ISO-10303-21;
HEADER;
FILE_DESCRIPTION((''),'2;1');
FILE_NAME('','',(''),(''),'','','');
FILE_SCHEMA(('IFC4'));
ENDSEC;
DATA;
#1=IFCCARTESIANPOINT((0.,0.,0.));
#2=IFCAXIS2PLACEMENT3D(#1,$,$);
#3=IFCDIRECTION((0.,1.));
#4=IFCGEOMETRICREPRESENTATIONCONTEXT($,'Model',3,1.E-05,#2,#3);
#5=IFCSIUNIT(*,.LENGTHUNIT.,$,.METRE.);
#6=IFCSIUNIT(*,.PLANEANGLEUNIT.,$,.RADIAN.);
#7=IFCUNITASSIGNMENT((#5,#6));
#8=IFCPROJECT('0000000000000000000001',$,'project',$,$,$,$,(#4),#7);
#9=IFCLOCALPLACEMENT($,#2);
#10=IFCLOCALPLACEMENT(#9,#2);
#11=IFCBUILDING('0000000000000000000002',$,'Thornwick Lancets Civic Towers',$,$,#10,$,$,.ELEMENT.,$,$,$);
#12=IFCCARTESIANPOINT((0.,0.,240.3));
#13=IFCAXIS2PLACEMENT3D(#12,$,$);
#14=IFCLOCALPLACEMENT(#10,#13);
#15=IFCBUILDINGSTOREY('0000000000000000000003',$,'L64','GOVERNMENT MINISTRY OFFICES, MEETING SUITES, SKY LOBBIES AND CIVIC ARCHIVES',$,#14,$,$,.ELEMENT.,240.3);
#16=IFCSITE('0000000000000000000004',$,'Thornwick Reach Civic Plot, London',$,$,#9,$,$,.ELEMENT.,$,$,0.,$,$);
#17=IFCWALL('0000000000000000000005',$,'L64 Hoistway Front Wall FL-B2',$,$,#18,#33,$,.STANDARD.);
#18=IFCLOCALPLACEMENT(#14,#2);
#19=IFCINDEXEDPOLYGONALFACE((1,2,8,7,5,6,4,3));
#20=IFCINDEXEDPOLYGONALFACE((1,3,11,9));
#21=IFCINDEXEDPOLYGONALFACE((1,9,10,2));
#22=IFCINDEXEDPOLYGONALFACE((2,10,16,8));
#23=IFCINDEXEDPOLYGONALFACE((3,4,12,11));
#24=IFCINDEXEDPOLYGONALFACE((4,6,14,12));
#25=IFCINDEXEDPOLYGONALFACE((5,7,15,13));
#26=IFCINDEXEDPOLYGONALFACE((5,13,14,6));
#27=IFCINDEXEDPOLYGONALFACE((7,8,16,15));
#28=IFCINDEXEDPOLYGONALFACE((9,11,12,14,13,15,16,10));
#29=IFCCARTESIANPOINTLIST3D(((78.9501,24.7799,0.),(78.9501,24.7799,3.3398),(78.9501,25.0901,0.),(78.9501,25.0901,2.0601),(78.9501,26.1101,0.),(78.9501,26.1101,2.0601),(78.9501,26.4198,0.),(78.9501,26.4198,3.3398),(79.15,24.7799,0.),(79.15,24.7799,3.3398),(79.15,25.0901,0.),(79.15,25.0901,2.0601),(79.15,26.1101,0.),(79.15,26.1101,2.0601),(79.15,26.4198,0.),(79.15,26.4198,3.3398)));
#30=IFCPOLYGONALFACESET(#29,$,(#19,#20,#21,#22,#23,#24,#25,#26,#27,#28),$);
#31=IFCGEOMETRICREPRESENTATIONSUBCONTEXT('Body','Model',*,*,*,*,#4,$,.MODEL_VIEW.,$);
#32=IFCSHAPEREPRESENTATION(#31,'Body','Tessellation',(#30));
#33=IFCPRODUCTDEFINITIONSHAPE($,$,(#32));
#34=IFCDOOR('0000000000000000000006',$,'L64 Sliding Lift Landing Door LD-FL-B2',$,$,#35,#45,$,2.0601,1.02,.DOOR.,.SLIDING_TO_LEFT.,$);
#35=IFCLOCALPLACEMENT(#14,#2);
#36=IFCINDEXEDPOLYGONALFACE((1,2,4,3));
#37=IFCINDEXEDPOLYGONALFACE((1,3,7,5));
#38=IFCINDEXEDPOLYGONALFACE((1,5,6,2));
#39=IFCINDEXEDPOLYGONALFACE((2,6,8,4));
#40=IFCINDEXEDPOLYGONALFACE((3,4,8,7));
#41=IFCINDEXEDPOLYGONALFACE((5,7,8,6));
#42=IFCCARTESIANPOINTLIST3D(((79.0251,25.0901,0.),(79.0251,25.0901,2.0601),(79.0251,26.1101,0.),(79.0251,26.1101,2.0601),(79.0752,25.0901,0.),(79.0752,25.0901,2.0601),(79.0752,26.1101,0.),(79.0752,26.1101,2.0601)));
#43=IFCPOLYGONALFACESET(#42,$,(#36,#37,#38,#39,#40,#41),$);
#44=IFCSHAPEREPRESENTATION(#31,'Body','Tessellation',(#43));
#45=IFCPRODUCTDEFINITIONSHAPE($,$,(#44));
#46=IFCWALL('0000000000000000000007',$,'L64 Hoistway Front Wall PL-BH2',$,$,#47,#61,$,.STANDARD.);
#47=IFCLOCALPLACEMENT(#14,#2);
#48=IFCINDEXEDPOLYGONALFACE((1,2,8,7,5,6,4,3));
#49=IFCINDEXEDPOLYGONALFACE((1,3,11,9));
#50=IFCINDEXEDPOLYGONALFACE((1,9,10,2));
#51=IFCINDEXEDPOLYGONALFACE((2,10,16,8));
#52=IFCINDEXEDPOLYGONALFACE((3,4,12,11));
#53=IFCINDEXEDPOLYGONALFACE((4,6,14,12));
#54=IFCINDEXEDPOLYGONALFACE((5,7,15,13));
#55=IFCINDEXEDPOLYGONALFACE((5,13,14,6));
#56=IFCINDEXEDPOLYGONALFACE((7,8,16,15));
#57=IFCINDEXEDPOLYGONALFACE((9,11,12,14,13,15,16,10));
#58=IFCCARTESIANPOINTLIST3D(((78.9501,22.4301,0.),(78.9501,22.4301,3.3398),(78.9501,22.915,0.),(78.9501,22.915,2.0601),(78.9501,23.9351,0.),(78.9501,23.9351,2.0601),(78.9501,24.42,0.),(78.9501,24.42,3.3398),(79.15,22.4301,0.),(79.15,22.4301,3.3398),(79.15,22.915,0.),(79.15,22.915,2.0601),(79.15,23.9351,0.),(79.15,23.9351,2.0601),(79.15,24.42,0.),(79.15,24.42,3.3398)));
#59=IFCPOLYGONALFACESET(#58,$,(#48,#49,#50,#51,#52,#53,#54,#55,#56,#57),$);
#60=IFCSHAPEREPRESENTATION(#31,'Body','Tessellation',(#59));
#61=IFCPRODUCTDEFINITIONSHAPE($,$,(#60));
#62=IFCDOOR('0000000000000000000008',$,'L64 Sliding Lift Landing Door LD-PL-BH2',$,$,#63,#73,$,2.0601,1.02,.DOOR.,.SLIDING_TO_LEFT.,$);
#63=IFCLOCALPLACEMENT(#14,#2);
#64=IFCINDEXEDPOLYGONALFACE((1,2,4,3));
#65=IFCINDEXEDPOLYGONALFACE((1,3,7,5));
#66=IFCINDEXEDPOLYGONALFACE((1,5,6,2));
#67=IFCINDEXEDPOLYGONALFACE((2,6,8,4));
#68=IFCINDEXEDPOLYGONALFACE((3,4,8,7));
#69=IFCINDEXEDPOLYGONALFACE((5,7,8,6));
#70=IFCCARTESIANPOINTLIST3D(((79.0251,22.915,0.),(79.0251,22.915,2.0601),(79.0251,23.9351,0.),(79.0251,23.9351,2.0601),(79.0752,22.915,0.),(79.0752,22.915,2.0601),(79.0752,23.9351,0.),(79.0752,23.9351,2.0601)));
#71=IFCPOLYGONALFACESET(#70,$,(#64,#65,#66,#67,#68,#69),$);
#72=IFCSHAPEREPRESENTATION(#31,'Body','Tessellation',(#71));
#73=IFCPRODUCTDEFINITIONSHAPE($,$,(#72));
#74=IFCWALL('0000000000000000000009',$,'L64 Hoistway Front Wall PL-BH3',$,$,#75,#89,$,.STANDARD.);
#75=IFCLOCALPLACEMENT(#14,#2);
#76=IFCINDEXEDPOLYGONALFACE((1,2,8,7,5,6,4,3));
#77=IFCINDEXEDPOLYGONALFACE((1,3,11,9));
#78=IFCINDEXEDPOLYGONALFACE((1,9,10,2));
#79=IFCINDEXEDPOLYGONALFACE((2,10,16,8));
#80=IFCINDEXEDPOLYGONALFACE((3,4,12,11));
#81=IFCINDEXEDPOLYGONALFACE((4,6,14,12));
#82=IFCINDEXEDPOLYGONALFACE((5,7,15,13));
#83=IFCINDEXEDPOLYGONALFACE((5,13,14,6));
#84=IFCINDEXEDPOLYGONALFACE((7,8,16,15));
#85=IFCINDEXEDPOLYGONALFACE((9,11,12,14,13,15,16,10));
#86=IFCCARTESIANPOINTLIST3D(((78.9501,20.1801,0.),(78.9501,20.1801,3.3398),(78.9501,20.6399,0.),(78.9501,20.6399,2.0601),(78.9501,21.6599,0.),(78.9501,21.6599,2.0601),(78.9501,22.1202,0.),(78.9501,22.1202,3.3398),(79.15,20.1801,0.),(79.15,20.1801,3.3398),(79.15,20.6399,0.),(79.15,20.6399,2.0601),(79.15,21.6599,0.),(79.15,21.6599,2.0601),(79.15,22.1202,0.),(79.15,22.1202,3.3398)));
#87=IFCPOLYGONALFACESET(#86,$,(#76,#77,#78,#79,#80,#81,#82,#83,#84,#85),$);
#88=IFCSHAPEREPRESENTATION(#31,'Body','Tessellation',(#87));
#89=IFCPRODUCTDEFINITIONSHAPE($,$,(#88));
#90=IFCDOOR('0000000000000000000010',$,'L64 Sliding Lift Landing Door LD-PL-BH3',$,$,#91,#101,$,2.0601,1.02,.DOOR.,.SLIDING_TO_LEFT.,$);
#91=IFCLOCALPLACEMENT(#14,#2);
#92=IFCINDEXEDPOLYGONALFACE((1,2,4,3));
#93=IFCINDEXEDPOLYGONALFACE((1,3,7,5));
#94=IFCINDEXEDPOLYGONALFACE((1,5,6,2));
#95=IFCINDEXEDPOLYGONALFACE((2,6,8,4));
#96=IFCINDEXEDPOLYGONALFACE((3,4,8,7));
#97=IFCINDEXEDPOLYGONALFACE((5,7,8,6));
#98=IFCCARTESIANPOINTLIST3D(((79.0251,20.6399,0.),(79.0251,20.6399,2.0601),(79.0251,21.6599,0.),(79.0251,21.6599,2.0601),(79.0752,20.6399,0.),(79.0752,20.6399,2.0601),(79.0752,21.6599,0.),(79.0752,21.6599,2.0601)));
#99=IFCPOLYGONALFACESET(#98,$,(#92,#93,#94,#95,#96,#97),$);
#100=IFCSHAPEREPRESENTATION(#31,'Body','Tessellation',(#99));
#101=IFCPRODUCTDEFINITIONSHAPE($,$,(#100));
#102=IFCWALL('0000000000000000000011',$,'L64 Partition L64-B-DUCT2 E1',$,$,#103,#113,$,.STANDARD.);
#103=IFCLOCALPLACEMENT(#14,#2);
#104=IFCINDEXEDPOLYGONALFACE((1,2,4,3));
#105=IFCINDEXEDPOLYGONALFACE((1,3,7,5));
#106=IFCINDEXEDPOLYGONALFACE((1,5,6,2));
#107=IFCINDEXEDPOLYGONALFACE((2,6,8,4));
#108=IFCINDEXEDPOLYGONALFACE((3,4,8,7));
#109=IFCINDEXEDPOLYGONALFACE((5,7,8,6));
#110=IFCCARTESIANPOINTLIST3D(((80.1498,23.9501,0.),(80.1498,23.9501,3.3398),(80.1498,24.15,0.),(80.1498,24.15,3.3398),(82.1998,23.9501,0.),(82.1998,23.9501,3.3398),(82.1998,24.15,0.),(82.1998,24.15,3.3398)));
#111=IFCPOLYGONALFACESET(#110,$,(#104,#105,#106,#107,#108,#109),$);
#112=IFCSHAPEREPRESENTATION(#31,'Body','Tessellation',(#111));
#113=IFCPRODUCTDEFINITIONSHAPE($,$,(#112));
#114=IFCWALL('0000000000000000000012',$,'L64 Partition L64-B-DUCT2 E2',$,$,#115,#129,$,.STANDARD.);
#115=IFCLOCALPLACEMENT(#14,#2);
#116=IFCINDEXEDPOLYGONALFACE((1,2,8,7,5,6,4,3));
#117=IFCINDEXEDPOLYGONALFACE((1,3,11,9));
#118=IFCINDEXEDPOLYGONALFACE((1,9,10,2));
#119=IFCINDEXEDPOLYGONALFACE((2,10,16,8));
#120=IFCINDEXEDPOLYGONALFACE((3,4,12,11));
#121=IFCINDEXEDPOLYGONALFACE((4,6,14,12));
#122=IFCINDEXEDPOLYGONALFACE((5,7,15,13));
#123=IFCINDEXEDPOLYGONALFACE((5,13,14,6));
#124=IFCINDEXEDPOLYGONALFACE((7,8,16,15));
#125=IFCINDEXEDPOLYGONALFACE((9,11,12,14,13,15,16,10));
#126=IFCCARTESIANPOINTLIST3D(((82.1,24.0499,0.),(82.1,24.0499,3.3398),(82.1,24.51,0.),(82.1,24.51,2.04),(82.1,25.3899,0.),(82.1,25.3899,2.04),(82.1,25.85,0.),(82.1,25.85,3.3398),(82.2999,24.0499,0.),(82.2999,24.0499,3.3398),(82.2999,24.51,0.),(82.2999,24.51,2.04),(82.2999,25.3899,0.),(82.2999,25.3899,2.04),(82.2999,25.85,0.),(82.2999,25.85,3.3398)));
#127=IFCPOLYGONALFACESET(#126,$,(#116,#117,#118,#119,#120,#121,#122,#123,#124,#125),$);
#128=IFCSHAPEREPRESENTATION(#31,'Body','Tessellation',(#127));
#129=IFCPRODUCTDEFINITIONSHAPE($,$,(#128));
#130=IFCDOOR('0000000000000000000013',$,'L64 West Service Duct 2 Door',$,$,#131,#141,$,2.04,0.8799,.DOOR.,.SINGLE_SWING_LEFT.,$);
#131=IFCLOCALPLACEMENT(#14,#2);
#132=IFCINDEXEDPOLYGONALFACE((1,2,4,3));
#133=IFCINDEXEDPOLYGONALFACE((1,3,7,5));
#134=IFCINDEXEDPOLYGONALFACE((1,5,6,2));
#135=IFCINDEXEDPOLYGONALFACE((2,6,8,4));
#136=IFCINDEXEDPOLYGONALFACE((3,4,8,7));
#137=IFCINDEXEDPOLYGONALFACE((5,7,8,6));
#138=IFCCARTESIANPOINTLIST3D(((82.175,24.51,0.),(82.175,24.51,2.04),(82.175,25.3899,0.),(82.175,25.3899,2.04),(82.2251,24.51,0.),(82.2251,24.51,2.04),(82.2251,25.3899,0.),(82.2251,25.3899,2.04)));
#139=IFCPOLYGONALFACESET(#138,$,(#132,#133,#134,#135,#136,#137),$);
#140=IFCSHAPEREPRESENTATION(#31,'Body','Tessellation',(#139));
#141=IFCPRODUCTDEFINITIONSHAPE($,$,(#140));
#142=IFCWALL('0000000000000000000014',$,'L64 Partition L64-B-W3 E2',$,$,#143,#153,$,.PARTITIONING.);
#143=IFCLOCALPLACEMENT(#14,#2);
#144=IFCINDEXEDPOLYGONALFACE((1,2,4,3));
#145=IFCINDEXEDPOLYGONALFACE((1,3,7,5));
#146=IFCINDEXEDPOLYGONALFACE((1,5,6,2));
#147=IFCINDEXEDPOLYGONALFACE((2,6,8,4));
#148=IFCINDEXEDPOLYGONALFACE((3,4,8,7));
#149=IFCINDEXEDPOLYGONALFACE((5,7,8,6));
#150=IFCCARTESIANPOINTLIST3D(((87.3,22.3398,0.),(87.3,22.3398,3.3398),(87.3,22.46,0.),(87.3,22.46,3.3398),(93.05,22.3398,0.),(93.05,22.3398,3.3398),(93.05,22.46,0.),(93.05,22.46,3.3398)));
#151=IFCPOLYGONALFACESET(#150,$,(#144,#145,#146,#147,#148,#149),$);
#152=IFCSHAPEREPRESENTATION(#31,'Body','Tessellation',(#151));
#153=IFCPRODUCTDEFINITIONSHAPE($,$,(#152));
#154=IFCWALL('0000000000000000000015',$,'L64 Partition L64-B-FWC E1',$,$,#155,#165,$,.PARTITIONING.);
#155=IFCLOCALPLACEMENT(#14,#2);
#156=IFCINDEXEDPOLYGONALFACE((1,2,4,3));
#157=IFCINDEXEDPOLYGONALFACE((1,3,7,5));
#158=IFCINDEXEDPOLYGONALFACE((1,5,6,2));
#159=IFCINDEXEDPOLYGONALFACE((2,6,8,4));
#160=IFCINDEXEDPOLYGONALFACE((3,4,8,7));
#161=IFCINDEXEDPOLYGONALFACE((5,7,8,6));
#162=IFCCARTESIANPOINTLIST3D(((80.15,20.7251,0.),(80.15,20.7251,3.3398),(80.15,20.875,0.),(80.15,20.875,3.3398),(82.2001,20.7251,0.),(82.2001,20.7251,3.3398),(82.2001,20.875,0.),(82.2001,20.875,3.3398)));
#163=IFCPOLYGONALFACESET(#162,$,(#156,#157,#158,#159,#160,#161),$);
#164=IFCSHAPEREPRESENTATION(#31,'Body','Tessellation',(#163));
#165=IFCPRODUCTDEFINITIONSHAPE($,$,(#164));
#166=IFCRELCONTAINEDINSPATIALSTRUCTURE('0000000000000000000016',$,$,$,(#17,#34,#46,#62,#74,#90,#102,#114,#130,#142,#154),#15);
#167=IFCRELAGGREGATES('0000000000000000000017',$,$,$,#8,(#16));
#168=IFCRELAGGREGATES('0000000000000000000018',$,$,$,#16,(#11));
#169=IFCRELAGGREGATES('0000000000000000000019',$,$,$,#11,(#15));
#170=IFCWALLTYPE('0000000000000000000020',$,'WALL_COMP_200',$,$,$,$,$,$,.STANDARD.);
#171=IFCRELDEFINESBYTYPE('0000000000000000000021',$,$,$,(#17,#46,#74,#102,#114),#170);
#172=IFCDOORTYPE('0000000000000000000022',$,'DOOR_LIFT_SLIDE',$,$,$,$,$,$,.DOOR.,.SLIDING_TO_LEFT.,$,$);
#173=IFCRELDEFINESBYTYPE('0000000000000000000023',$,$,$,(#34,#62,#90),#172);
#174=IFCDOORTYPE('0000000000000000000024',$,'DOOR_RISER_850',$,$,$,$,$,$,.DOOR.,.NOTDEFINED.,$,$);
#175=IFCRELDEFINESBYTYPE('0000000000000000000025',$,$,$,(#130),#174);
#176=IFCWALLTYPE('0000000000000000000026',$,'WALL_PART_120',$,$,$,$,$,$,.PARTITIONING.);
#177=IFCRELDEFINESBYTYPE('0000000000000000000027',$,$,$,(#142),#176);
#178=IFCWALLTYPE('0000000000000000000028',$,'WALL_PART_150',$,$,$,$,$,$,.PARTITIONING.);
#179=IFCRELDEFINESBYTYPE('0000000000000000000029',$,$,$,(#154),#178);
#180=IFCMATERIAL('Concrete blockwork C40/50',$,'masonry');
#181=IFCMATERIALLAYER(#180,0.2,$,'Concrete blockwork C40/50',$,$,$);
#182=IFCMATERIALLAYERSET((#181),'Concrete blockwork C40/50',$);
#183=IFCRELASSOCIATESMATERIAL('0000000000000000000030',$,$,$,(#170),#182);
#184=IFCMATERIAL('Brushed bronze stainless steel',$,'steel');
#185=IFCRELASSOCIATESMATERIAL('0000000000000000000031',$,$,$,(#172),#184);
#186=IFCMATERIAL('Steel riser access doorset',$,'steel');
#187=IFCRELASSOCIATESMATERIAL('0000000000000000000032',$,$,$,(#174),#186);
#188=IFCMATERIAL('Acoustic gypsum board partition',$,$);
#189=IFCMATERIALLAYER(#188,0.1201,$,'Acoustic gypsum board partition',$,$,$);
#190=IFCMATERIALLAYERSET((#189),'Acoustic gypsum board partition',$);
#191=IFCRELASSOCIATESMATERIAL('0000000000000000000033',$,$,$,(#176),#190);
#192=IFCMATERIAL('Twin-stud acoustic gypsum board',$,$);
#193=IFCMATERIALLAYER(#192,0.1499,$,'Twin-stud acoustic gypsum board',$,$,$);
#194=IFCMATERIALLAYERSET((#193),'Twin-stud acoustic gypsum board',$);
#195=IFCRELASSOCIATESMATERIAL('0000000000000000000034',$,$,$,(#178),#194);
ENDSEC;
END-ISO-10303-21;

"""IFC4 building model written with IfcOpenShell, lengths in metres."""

from ifc_helpers import new_model, si_unit, direction, frame, frame_2d, origin, place, context, subcontext, project, spatial, rectangle, extrude, material, layer, layer_set, type_object, element, fill, save


model = new_model("IFC4")

# Units and contexts
model_context = context("Model", 3, precision=1e-05, world=origin(), true_north=direction((0.0, 1.0)))
body_context = subcontext(model_context, "Body", "Model", "MODEL_VIEW")
ifc_project = project(units=[si_unit("LENGTHUNIT", "METRE"), si_unit("PLANEANGLEUNIT", "RADIAN")], contexts=[model_context])

# Site, building, storey
site_placement = place(None, origin())
site = spatial("IfcSite", under=ifc_project, at=site_placement, Name="Thornwick Reach Civic Plot, London", CompositionType="ELEMENT", RefElevation=0.0)
building_placement = place(site_placement, origin())
building = spatial("IfcBuilding", under=site, at=building_placement, Name="Thornwick Lancets Civic Towers", CompositionType="ELEMENT")
storey_placement = place(building_placement, frame((0.0, 0.0, 240.3)))
storey = spatial("IfcBuildingStorey", under=building, at=storey_placement, Name="L64", Description="GOVERNMENT MINISTRY OFFICES, MEETING SUITES, SKY LOBBIES AND CIVIC ARCHIVES", CompositionType="ELEMENT", Elevation=240.3)

# Walls, openings, doors
ifc_material_1 = material(Name="Concrete blockwork C40/50", Category="masonry")
ifc_layer_1 = layer(ifc_material_1, 0.2, Name="Concrete blockwork C40/50")
ifc_layer_set_1 = layer_set([ifc_layer_1], Name="Concrete blockwork C40/50")
wall_type_1 = type_object("IfcWallType", Name="WALL_COMP_200", PredefinedType="STANDARD", material=ifc_layer_set_1)
wall_1_placement = place(storey_placement, frame((79.05, 24.78, 0.0), z_axis=(0.0, 0.0, 1.0), x_axis=(0.0, 1.0, 0.0)))
wall_1 = element("IfcWall", 1, at=wall_1_placement, inside=storey, type_object=wall_type_1, Name="L64 Hoistway Front Wall FL-B2", PredefinedType="STANDARD", context=body_context, shape_type="SweptSolid", body=[
    extrude(rectangle(XDim=1.6399, YDim=0.2, at=frame_2d((0.8198, 0.0))), origin(), (0.0, 0.0, 1.0), 3.3398),
])
opening_1_placement = place(wall_1_placement, frame((0.3101, 0.0, 0.0)))
opening_1 = element("IfcOpeningElement", 2, at=opening_1_placement, cuts=wall_1, PredefinedType="OPENING", context=body_context, shape_type="SweptSolid", body=[
    extrude(rectangle(XDim=1.02, YDim=2.0601, at=frame_2d((0.51, 1.03))), frame((0.0, 0.1099, 0.0), z_axis=(0.0, -1.0, 0.0), x_axis=(1.0, 0.0, 0.0)), (0.0, 0.0, 1.0), 0.22),
])
ifc_material_2 = material(Name="Brushed bronze stainless steel", Category="steel")
door_type_1 = type_object("IfcDoorType", Name="DOOR_LIFT_SLIDE", OperationType="SLIDING_TO_LEFT", PredefinedType="DOOR", material=ifc_material_2)
door_1_placement = place(opening_1_placement, origin())
door_1 = element("IfcDoor", 3, at=door_1_placement, inside=storey, type_object=door_type_1, Name="L64 Sliding Lift Landing Door LD-FL-B2", OperationType="SLIDING_TO_LEFT", OverallHeight=2.0601, OverallWidth=1.02, PredefinedType="DOOR", context=body_context, shape_type="SweptSolid", body=[
    extrude(rectangle(XDim=1.02, YDim=2.0601, at=frame_2d((0.51, 1.03))), frame((0.0, 0.0249, 0.0), z_axis=(0.0, -1.0, 0.0), x_axis=(1.0, 0.0, 0.0)), (0.0, 0.0, 1.0), 0.05),
])
fill(opening_1, door_1)
wall_2_placement = place(storey_placement, frame((79.05, 22.4299, 0.0), z_axis=(0.0, 0.0, 1.0), x_axis=(0.0, 1.0, 0.0)))
wall_2 = element("IfcWall", 4, at=wall_2_placement, inside=storey, type_object=wall_type_1, Name="L64 Hoistway Front Wall PL-BH2", PredefinedType="STANDARD", context=body_context, shape_type="SweptSolid", body=[
    extrude(rectangle(XDim=1.99, YDim=0.2, at=frame_2d((0.9951, 0.0))), origin(), (0.0, 0.0, 1.0), 3.3398),
])
opening_2_placement = place(wall_2_placement, frame((0.4851, 0.0, 0.0)))
opening_2 = element("IfcOpeningElement", 5, at=opening_2_placement, cuts=wall_2, PredefinedType="OPENING", context=body_context, shape_type="SweptSolid", body=[
    extrude(rectangle(XDim=1.02, YDim=2.0601, at=frame_2d((0.51, 1.03))), frame((0.0, 0.1099, 0.0), z_axis=(0.0, -1.0, 0.0), x_axis=(1.0, 0.0, 0.0)), (0.0, 0.0, 1.0), 0.22),
])
door_2_placement = place(opening_2_placement, origin())
door_2 = element("IfcDoor", 6, at=door_2_placement, inside=storey, type_object=door_type_1, Name="L64 Sliding Lift Landing Door LD-PL-BH2", OperationType="SLIDING_TO_LEFT", OverallHeight=2.0601, OverallWidth=1.02, PredefinedType="DOOR", context=body_context, shape_type="SweptSolid", body=[
    extrude(rectangle(XDim=1.02, YDim=2.0601, at=frame_2d((0.51, 1.03))), frame((0.0, 0.0249, 0.0), z_axis=(0.0, -1.0, 0.0), x_axis=(1.0, 0.0, 0.0)), (0.0, 0.0, 1.0), 0.05),
])
fill(opening_2, door_2)
wall_3_placement = place(storey_placement, frame((79.05, 20.1799, 0.0), z_axis=(0.0, 0.0, 1.0), x_axis=(0.0, 1.0, 0.0)))
wall_3 = element("IfcWall", 7, at=wall_3_placement, inside=storey, type_object=wall_type_1, Name="L64 Hoistway Front Wall PL-BH3", PredefinedType="STANDARD", context=body_context, shape_type="SweptSolid", body=[
    extrude(rectangle(XDim=1.9402, YDim=0.2, at=frame_2d((0.9702, 0.0))), origin(), (0.0, 0.0, 1.0), 3.3398),
])
opening_3_placement = place(wall_3_placement, frame((0.46, 0.0, 0.0)))
opening_3 = element("IfcOpeningElement", 8, at=opening_3_placement, cuts=wall_3, PredefinedType="OPENING", context=body_context, shape_type="SweptSolid", body=[
    extrude(rectangle(XDim=1.02, YDim=2.0601, at=frame_2d((0.51, 1.03))), frame((0.0, 0.1099, 0.0), z_axis=(0.0, -1.0, 0.0), x_axis=(1.0, 0.0, 0.0)), (0.0, 0.0, 1.0), 0.22),
])
door_3_placement = place(opening_3_placement, origin())
door_3 = element("IfcDoor", 9, at=door_3_placement, inside=storey, type_object=door_type_1, Name="L64 Sliding Lift Landing Door LD-PL-BH3", OperationType="SLIDING_TO_LEFT", OverallHeight=2.0601, OverallWidth=1.02, PredefinedType="DOOR", context=body_context, shape_type="SweptSolid", body=[
    extrude(rectangle(XDim=1.02, YDim=2.0601, at=frame_2d((0.51, 1.03))), frame((0.0, 0.0249, 0.0), z_axis=(0.0, -1.0, 0.0), x_axis=(1.0, 0.0, 0.0)), (0.0, 0.0, 1.0), 0.05),
])
fill(opening_3, door_3)

# Wall
wall_4_placement = place(storey_placement, frame((80.1499, 24.05, 0.0), z_axis=(0.0, 0.0, 1.0), x_axis=(1.0, 0.0, 0.0)))
element("IfcWall", 10, at=wall_4_placement, inside=storey, type_object=wall_type_1, Name="L64 Partition L64-B-DUCT2 E1", PredefinedType="STANDARD", context=body_context, shape_type="SweptSolid", body=[
    extrude(rectangle(XDim=2.05, YDim=0.2, at=frame_2d((1.0249, 0.0))), origin(), (0.0, 0.0, 1.0), 3.3398),
])

# Wall, opening, door
wall_5_placement = place(storey_placement, frame((82.2, 24.05, 0.0), z_axis=(0.0, 0.0, 1.0), x_axis=(0.0, 1.0, 0.0)))
wall_5 = element("IfcWall", 11, at=wall_5_placement, inside=storey, type_object=wall_type_1, Name="L64 Partition L64-B-DUCT2 E2", PredefinedType="STANDARD", context=body_context, shape_type="SweptSolid", body=[
    extrude(rectangle(XDim=1.8, YDim=0.2, at=frame_2d((0.8999, 0.0))), origin(), (0.0, 0.0, 1.0), 3.3398),
])
opening_4_placement = place(wall_5_placement, frame((0.46, 0.0, 0.0)))
opening_4 = element("IfcOpeningElement", 12, at=opening_4_placement, cuts=wall_5, PredefinedType="OPENING", context=body_context, shape_type="SweptSolid", body=[
    extrude(rectangle(XDim=0.8799, YDim=2.04, at=frame_2d((0.4399, 1.02))), frame((0.0, 0.1099, 0.0), z_axis=(0.0, -1.0, 0.0), x_axis=(1.0, 0.0, 0.0)), (0.0, 0.0, 1.0), 0.22),
])
ifc_material_3 = material(Name="Steel riser access doorset", Category="steel")
door_type_2 = type_object("IfcDoorType", Name="DOOR_RISER_850", OperationType="NOTDEFINED", PredefinedType="DOOR", material=ifc_material_3)
door_4_placement = place(opening_4_placement, origin())
door_4 = element("IfcDoor", 13, at=door_4_placement, inside=storey, type_object=door_type_2, Name="L64 West Service Duct 2 Door", OperationType="SINGLE_SWING_LEFT", OverallHeight=2.04, OverallWidth=0.8799, PredefinedType="DOOR", context=body_context, shape_type="SweptSolid", body=[
    extrude(rectangle(XDim=0.8799, YDim=2.04, at=frame_2d((0.4399, 1.02))), frame((0.0, 0.0249, 0.0), z_axis=(0.0, -1.0, 0.0), x_axis=(1.0, 0.0, 0.0)), (0.0, 0.0, 1.0), 0.05),
])
fill(opening_4, door_4)

# Walls
ifc_material_4 = material(Name="Acoustic gypsum board partition")
ifc_layer_2 = layer(ifc_material_4, 0.1201, Name="Acoustic gypsum board partition")
ifc_layer_set_2 = layer_set([ifc_layer_2], Name="Acoustic gypsum board partition")
wall_type_2 = type_object("IfcWallType", Name="WALL_PART_120", PredefinedType="PARTITIONING", material=ifc_layer_set_2)
wall_6_placement = place(storey_placement, frame((87.3, 22.3999, 0.0), z_axis=(0.0, 0.0, 1.0), x_axis=(1.0, 0.0, 0.0)))
element("IfcWall", 14, at=wall_6_placement, inside=storey, type_object=wall_type_2, Name="L64 Partition L64-B-W3 E2", PredefinedType="PARTITIONING", context=body_context, shape_type="SweptSolid", body=[
    extrude(rectangle(XDim=5.75, YDim=0.1201, at=frame_2d((2.875, 0.0))), origin(), (0.0, 0.0, 1.0), 3.3398),
])
ifc_material_5 = material(Name="Twin-stud acoustic gypsum board")
ifc_layer_3 = layer(ifc_material_5, 0.1499, Name="Twin-stud acoustic gypsum board")
ifc_layer_set_3 = layer_set([ifc_layer_3], Name="Twin-stud acoustic gypsum board")
wall_type_3 = type_object("IfcWallType", Name="WALL_PART_150", PredefinedType="PARTITIONING", material=ifc_layer_set_3)
wall_7_placement = place(storey_placement, frame((82.2, 20.8, 0.0), z_axis=(0.0, 0.0, 1.0), x_axis=(-1.0, 0.0, 0.0)))
element("IfcWall", 15, at=wall_7_placement, inside=storey, type_object=wall_type_3, Name="L64 Partition L64-B-FWC E1", PredefinedType="PARTITIONING", context=body_context, shape_type="SweptSolid", body=[
    extrude(rectangle(XDim=2.05, YDim=0.1499, at=frame_2d((1.0249, 0.0))), origin(), (0.0, 0.0, 1.0), 3.3398),
])

save(model, "model.ifc")
